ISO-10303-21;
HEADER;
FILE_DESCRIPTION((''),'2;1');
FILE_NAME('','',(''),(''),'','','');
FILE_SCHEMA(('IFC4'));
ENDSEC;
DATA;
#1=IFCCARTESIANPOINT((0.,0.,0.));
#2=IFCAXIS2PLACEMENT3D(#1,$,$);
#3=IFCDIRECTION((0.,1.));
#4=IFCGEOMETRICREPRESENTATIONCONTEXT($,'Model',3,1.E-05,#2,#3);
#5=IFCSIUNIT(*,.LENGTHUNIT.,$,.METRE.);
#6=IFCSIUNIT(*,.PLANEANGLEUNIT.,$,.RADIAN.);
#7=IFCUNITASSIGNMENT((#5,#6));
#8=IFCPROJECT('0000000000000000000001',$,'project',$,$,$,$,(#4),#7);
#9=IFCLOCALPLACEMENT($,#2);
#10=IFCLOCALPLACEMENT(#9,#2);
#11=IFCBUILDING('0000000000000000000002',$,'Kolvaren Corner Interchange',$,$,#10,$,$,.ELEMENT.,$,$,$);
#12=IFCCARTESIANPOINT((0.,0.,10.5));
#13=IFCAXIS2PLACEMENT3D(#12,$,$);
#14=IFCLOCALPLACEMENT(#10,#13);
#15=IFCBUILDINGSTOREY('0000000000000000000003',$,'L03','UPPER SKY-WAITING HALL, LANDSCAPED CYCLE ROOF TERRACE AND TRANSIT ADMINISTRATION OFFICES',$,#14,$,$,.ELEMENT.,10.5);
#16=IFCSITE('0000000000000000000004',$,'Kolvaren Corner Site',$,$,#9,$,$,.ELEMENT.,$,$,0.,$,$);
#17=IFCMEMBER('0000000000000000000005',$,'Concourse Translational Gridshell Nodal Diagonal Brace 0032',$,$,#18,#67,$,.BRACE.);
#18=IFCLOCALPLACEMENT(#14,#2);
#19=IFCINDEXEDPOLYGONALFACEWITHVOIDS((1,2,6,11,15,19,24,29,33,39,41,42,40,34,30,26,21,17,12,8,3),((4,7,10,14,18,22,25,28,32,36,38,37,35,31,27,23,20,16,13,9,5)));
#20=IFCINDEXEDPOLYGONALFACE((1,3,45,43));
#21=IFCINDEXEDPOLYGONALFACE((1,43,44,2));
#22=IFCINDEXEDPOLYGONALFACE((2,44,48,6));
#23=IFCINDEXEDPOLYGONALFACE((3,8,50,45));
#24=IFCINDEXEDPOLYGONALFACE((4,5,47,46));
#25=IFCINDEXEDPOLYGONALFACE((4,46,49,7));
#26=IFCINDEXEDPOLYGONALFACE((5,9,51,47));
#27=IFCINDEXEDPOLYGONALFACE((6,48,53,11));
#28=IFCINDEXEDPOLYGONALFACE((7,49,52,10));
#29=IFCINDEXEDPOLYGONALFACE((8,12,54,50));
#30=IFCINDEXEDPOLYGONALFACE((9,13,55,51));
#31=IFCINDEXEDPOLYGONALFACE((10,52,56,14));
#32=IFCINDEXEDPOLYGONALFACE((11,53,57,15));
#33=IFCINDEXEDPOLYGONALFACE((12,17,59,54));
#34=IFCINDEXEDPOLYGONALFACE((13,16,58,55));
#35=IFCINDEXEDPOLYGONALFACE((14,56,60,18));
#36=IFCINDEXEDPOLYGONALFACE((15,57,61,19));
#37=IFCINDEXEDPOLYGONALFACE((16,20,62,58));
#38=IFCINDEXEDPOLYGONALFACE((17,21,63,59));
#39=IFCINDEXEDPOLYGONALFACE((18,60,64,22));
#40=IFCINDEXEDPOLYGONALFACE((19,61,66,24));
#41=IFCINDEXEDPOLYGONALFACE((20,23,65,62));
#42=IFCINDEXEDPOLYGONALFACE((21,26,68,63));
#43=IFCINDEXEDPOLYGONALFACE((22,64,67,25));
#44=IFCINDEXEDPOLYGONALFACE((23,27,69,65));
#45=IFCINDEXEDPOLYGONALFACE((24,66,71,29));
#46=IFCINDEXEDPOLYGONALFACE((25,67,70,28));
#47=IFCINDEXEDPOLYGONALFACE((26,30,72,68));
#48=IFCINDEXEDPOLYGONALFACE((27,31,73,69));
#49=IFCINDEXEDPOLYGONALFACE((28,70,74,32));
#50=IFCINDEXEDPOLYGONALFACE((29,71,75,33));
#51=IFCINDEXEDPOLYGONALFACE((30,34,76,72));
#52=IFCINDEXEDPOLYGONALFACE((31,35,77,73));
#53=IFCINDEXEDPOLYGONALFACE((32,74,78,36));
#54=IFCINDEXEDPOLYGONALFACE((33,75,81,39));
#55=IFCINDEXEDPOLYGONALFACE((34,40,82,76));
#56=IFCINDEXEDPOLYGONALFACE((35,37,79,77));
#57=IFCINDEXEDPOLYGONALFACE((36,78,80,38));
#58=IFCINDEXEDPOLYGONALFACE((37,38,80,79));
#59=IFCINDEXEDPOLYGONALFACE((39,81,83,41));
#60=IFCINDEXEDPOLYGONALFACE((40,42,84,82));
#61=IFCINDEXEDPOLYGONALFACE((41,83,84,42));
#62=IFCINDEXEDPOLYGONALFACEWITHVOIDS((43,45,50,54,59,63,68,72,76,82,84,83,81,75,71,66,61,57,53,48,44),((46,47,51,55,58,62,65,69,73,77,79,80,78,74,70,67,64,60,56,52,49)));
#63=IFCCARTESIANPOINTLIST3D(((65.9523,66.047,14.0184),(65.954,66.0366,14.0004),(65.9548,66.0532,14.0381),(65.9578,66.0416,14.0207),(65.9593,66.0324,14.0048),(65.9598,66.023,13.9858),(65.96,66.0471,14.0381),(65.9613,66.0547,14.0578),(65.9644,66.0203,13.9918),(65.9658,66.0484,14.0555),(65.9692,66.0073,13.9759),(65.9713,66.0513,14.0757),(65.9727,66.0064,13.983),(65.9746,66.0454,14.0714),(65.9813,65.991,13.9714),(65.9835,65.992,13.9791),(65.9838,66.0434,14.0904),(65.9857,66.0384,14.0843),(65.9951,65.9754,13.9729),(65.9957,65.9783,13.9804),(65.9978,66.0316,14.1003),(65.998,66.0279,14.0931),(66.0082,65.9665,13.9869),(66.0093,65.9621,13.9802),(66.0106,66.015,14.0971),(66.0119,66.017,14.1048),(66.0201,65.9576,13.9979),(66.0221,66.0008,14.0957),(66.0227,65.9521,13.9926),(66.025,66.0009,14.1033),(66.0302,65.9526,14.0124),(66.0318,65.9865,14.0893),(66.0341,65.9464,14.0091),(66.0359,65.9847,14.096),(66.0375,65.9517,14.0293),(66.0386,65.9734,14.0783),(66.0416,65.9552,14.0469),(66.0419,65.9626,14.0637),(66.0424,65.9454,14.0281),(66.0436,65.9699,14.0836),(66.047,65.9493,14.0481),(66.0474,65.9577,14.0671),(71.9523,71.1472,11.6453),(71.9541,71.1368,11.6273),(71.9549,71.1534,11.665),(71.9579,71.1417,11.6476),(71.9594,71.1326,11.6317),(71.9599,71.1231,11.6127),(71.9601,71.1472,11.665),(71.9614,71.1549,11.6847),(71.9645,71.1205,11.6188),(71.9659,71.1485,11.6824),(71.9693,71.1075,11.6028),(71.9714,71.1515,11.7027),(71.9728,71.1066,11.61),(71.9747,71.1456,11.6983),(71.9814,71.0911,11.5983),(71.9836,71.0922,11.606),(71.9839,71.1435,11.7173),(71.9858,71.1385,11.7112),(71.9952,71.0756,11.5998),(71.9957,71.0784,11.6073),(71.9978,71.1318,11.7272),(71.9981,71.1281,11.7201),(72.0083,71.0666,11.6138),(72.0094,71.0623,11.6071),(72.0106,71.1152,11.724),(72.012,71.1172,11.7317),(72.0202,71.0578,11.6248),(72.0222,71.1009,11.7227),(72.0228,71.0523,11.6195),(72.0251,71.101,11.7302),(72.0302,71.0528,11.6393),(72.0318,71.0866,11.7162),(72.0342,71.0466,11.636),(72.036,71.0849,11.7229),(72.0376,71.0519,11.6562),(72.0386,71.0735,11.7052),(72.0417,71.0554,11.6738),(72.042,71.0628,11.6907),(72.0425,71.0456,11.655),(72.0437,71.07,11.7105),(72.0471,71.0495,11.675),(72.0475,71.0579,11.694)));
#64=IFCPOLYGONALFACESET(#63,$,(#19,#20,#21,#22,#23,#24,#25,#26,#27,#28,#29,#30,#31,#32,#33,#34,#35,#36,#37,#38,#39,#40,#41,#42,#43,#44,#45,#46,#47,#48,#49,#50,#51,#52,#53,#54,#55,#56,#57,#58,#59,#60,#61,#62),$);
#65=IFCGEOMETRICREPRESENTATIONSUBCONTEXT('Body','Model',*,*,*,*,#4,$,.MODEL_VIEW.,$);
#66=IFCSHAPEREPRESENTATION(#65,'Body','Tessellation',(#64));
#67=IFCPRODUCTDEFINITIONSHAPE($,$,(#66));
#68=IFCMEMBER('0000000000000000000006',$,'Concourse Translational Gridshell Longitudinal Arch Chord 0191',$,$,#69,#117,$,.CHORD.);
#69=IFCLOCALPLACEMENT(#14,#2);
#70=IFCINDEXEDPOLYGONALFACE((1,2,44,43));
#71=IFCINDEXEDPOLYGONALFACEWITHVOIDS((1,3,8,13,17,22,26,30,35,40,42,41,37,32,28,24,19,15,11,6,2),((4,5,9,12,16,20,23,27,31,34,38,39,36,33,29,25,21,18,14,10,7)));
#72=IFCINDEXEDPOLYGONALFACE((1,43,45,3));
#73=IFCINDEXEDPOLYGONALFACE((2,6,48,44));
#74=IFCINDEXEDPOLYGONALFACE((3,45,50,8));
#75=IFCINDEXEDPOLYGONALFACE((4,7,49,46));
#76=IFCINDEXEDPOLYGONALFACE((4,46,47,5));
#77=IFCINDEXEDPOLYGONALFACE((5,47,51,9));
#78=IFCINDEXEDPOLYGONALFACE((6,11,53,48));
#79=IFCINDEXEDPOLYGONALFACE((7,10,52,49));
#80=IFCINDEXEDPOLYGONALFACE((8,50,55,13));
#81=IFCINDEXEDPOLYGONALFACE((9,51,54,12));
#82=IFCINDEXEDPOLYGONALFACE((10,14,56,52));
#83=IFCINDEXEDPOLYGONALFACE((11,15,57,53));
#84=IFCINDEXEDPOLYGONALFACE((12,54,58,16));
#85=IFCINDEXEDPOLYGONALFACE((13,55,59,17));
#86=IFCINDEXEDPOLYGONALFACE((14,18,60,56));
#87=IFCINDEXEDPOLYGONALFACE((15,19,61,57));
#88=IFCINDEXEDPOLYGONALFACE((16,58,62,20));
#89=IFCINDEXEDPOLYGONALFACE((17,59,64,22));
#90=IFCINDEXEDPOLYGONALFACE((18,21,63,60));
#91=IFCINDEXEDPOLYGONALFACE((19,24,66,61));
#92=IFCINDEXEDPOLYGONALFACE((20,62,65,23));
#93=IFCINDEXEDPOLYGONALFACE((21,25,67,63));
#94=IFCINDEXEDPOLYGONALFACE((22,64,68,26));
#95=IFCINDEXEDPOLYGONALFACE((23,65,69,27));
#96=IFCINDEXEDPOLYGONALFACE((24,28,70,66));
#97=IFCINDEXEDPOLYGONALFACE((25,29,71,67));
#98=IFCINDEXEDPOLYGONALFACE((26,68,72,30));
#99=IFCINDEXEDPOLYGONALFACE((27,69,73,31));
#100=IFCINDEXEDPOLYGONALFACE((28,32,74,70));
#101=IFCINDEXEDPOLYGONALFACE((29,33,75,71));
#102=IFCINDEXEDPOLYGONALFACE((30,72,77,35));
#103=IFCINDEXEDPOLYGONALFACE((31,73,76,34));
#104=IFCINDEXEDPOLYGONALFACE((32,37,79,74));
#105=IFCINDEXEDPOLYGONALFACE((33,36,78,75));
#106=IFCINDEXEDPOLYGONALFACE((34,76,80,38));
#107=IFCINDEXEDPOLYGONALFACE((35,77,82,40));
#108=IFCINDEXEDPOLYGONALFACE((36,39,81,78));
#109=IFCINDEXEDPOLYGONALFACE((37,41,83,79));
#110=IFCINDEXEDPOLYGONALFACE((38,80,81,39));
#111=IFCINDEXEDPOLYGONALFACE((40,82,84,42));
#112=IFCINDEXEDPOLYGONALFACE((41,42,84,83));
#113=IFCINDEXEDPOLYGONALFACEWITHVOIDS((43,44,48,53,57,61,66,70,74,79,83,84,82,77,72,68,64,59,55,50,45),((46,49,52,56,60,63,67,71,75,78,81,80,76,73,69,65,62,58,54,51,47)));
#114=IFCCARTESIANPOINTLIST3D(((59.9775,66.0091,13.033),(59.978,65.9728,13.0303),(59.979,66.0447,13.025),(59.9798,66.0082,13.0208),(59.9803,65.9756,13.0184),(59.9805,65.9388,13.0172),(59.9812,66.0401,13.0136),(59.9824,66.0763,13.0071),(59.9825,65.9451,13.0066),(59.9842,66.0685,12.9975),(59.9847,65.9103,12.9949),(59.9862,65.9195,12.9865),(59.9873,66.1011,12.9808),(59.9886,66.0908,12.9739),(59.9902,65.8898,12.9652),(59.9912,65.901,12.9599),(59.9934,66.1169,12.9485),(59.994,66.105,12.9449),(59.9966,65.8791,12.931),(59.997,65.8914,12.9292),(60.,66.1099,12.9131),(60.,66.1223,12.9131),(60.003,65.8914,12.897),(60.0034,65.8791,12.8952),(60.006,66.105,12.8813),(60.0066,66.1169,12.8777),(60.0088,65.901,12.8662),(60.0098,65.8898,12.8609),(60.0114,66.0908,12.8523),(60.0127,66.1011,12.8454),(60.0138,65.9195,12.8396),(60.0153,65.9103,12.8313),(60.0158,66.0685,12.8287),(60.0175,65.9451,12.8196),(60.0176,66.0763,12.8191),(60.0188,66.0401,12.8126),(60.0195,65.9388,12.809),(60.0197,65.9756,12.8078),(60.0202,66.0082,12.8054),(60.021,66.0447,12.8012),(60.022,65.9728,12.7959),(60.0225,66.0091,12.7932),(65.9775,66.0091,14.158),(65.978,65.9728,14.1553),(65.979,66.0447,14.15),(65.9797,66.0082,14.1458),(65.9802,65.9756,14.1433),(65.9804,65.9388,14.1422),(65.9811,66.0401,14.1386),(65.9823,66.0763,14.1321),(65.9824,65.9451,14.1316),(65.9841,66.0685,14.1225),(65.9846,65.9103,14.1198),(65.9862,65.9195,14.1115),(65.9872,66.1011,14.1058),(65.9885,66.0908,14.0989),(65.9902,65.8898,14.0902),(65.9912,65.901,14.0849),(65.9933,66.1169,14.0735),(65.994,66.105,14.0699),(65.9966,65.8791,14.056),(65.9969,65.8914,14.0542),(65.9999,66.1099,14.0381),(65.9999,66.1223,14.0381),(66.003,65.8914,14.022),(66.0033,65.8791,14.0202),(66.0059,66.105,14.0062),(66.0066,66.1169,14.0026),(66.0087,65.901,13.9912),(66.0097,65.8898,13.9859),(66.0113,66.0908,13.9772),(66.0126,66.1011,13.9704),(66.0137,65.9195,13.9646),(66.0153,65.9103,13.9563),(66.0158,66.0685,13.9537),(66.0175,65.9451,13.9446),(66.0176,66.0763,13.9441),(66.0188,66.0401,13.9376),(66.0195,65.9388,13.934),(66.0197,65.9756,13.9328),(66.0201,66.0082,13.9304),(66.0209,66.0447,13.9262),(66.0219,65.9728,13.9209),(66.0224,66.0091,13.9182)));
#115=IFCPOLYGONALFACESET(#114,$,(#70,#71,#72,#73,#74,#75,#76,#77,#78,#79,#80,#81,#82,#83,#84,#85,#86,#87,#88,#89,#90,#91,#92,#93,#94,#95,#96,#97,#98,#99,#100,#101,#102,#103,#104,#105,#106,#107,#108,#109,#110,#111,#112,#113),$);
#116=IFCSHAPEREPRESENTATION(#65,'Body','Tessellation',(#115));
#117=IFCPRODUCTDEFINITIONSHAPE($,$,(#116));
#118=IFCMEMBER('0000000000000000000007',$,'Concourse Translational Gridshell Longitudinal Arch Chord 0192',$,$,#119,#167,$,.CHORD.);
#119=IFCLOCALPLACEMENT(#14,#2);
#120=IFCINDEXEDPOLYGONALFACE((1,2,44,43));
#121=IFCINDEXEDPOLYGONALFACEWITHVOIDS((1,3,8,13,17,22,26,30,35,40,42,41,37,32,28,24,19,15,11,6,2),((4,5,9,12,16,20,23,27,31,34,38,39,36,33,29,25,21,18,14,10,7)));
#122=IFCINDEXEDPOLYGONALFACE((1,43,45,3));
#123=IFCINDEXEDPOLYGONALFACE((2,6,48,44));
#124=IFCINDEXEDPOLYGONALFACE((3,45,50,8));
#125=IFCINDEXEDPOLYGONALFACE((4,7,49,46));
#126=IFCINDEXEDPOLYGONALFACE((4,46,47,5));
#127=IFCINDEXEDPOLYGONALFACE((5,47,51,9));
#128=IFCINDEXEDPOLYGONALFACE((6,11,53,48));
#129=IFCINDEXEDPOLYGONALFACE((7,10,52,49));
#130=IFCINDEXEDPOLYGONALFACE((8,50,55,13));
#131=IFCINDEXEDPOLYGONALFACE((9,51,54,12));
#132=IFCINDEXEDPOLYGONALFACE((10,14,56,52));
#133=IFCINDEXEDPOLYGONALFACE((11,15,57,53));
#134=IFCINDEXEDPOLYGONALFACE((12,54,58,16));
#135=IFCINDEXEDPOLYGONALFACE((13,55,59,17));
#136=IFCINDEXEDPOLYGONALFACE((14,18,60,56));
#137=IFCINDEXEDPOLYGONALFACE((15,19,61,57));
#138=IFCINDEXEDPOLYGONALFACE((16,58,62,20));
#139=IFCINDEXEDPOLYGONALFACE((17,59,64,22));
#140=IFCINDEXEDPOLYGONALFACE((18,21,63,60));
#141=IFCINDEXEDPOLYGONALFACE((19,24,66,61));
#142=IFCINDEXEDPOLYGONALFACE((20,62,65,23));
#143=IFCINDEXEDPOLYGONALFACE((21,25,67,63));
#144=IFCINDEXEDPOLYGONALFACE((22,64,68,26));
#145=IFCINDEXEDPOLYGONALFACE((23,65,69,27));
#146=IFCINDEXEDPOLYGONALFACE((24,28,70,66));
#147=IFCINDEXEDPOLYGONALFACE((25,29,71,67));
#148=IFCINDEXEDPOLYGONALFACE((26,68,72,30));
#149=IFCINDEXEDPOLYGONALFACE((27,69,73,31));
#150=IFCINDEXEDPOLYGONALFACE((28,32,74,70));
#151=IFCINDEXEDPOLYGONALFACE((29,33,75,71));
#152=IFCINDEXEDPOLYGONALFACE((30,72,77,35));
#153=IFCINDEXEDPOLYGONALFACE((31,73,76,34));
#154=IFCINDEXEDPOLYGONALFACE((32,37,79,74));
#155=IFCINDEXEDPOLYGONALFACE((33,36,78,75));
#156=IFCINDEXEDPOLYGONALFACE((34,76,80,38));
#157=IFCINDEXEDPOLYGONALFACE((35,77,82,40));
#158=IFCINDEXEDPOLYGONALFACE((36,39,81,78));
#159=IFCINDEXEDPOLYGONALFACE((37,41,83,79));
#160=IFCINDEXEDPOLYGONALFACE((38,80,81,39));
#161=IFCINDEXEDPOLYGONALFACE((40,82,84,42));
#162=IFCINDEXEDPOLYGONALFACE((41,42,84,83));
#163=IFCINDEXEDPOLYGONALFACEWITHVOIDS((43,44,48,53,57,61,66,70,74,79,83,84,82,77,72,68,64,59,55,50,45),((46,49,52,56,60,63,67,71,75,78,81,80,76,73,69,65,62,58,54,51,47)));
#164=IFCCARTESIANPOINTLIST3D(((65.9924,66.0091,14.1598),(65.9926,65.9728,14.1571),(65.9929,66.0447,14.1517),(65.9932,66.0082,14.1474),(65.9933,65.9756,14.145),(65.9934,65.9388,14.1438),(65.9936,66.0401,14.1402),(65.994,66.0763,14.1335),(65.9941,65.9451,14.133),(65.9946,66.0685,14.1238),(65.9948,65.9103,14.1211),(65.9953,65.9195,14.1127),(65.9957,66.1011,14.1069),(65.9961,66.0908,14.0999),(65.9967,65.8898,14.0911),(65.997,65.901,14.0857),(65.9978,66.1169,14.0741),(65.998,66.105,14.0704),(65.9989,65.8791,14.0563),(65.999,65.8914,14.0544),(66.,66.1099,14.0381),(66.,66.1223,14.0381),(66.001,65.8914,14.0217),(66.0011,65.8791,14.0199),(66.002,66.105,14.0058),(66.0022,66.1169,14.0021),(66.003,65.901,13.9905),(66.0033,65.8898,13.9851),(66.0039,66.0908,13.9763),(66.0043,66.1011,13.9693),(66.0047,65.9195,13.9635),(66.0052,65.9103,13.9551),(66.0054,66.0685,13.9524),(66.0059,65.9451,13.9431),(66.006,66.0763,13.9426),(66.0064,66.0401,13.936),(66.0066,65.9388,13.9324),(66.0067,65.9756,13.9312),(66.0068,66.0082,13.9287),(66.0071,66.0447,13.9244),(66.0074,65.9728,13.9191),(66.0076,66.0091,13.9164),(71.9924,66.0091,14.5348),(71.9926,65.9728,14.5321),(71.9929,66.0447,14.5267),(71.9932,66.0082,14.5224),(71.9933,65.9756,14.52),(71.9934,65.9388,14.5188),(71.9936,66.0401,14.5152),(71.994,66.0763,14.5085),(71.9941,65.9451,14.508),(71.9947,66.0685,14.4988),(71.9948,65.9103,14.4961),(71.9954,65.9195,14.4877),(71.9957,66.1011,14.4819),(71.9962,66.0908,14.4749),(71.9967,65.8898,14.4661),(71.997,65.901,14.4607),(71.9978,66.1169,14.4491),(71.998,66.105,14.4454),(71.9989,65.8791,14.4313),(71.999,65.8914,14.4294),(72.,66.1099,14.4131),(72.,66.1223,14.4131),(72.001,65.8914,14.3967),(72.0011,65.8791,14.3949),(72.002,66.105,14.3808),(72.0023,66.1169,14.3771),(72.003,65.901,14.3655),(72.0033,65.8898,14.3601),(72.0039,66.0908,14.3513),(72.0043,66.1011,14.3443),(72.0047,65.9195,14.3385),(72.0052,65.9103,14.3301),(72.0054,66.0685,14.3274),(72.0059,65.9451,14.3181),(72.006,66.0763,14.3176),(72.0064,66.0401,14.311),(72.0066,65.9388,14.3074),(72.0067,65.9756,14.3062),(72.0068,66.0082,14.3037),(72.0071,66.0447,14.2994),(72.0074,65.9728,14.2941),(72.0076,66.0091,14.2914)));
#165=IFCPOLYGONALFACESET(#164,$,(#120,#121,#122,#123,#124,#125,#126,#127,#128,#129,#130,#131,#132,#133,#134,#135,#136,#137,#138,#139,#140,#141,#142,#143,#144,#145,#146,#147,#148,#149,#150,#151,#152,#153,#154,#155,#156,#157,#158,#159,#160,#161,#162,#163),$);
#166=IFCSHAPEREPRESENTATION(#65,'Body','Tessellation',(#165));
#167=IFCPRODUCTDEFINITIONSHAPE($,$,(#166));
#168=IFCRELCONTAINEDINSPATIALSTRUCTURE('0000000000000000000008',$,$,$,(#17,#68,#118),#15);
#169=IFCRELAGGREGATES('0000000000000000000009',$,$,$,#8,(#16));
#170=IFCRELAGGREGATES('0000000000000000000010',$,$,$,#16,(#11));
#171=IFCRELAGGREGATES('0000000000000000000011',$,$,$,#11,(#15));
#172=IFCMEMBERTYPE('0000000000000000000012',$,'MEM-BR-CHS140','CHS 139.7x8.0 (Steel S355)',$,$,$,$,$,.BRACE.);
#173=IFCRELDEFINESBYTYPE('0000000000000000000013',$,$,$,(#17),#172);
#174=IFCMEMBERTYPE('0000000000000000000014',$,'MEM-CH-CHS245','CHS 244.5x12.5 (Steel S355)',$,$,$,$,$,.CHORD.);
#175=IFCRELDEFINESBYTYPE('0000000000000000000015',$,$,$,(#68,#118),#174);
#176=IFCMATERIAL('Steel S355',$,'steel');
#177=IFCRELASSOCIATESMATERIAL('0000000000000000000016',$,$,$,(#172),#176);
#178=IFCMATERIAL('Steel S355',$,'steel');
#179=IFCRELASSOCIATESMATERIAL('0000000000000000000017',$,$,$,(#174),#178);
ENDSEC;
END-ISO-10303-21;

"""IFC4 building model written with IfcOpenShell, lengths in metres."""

from ifc_helpers import new_model, si_unit, direction, frame, origin, origin_2d, place, context, subcontext, project, spatial, hollow_circle, extrude, material, material_profile, profile_set, type_object, element, save


model = new_model("IFC4")

# Units and contexts
model_context = context("Model", 3, precision=1e-05, world=origin(), true_north=direction((0.0, 1.0)))
body_context = subcontext(model_context, "Body", "Model", "MODEL_VIEW")
ifc_project = project(units=[si_unit("LENGTHUNIT", "METRE"), si_unit("PLANEANGLEUNIT", "RADIAN")], contexts=[model_context])

# Site, building, storey
site_placement = place(None, origin())
site = spatial("IfcSite", under=ifc_project, at=site_placement, Name="Kolvaren Corner Site", CompositionType="ELEMENT", RefElevation=0.0)
building_placement = place(site_placement, origin())
building = spatial("IfcBuilding", under=site, at=building_placement, Name="Kolvaren Corner Interchange", CompositionType="ELEMENT")
storey_placement = place(building_placement, frame((0.0, 0.0, 10.5)))
storey = spatial("IfcBuildingStorey", under=building, at=storey_placement, Name="L03", Description="UPPER SKY-WAITING HALL, LANDSCAPED CYCLE ROOF TERRACE AND TRANSIT ADMINISTRATION OFFICES", CompositionType="ELEMENT", Elevation=10.5)

# Members
ifc_material_1 = material(Name="Steel S355", Category="steel")
ifc_material_profile_1 = material_profile(ifc_material_1, hollow_circle(Radius=0.0698, WallThickness=0.0081, at=origin_2d()), Name="CHS 139.7x8.0")
ifc_profile_set_1 = profile_set([ifc_material_profile_1], Name="Steel S355")
member_type_1 = type_object("IfcMemberType", Name="MEM-BR-CHS140", Description="CHS 139.7x8.0 (Steel S355)", PredefinedType="BRACE", material=ifc_profile_set_1)
member_1_placement = place(storey_placement, frame((66.0, 66.0, 14.0381), z_axis=(0.729528, 0.620111, -0.288534), x_axis=(-0.647656, 0.761933, 0.0)))
element("IfcMember", 1, at=member_1_placement, inside=storey, type_object=member_type_1, Name="Concourse Translational Gridshell Nodal Diagonal Brace 0032", PredefinedType="BRACE", context=body_context, shape_type="SweptSolid", body=[
    extrude(hollow_circle(Radius=0.0698, WallThickness=0.0081, at=origin_2d()), origin(), (0.0, 0.0, 1.0), 8.2246),
])
ifc_material_2 = material(Name="Steel S355", Category="steel")
ifc_material_profile_2 = material_profile(ifc_material_2, hollow_circle(Radius=0.1223, WallThickness=0.0125, at=origin_2d()), Name="CHS 244.5x12.5")
ifc_profile_set_2 = profile_set([ifc_material_profile_2], Name="Steel S355")
member_type_2 = type_object("IfcMemberType", Name="MEM-CH-CHS245", Description="CHS 244.5x12.5 (Steel S355)", PredefinedType="CHORD", material=ifc_profile_set_2)
member_2_placement = place(storey_placement, frame((60.0, 66.0, 12.9131), z_axis=(0.982872, 0.0, 0.184289), x_axis=(0.0, 1.0, 0.0)))
element("IfcMember", 2, at=member_2_placement, inside=storey, type_object=member_type_2, Name="Concourse Translational Gridshell Longitudinal Arch Chord 0191", PredefinedType="CHORD", context=body_context, shape_type="SweptSolid", body=[
    extrude(hollow_circle(Radius=0.1223, WallThickness=0.0125, at=origin_2d()), origin(), (0.0, 0.0, 1.0), 6.1045),
])
member_3_placement = place(storey_placement, frame((66.0, 66.0, 14.0381), z_axis=(0.998053, 0.0, 0.062378), x_axis=(0.0, 1.0, 0.0)))
element("IfcMember", 3, at=member_3_placement, inside=storey, type_object=member_type_2, Name="Concourse Translational Gridshell Longitudinal Arch Chord 0192", PredefinedType="CHORD", context=body_context, shape_type="SweptSolid", body=[
    extrude(hollow_circle(Radius=0.1223, WallThickness=0.0125, at=origin_2d()), origin(), (0.0, 0.0, 1.0), 6.0117),
])

save(model, "model.ifc")
